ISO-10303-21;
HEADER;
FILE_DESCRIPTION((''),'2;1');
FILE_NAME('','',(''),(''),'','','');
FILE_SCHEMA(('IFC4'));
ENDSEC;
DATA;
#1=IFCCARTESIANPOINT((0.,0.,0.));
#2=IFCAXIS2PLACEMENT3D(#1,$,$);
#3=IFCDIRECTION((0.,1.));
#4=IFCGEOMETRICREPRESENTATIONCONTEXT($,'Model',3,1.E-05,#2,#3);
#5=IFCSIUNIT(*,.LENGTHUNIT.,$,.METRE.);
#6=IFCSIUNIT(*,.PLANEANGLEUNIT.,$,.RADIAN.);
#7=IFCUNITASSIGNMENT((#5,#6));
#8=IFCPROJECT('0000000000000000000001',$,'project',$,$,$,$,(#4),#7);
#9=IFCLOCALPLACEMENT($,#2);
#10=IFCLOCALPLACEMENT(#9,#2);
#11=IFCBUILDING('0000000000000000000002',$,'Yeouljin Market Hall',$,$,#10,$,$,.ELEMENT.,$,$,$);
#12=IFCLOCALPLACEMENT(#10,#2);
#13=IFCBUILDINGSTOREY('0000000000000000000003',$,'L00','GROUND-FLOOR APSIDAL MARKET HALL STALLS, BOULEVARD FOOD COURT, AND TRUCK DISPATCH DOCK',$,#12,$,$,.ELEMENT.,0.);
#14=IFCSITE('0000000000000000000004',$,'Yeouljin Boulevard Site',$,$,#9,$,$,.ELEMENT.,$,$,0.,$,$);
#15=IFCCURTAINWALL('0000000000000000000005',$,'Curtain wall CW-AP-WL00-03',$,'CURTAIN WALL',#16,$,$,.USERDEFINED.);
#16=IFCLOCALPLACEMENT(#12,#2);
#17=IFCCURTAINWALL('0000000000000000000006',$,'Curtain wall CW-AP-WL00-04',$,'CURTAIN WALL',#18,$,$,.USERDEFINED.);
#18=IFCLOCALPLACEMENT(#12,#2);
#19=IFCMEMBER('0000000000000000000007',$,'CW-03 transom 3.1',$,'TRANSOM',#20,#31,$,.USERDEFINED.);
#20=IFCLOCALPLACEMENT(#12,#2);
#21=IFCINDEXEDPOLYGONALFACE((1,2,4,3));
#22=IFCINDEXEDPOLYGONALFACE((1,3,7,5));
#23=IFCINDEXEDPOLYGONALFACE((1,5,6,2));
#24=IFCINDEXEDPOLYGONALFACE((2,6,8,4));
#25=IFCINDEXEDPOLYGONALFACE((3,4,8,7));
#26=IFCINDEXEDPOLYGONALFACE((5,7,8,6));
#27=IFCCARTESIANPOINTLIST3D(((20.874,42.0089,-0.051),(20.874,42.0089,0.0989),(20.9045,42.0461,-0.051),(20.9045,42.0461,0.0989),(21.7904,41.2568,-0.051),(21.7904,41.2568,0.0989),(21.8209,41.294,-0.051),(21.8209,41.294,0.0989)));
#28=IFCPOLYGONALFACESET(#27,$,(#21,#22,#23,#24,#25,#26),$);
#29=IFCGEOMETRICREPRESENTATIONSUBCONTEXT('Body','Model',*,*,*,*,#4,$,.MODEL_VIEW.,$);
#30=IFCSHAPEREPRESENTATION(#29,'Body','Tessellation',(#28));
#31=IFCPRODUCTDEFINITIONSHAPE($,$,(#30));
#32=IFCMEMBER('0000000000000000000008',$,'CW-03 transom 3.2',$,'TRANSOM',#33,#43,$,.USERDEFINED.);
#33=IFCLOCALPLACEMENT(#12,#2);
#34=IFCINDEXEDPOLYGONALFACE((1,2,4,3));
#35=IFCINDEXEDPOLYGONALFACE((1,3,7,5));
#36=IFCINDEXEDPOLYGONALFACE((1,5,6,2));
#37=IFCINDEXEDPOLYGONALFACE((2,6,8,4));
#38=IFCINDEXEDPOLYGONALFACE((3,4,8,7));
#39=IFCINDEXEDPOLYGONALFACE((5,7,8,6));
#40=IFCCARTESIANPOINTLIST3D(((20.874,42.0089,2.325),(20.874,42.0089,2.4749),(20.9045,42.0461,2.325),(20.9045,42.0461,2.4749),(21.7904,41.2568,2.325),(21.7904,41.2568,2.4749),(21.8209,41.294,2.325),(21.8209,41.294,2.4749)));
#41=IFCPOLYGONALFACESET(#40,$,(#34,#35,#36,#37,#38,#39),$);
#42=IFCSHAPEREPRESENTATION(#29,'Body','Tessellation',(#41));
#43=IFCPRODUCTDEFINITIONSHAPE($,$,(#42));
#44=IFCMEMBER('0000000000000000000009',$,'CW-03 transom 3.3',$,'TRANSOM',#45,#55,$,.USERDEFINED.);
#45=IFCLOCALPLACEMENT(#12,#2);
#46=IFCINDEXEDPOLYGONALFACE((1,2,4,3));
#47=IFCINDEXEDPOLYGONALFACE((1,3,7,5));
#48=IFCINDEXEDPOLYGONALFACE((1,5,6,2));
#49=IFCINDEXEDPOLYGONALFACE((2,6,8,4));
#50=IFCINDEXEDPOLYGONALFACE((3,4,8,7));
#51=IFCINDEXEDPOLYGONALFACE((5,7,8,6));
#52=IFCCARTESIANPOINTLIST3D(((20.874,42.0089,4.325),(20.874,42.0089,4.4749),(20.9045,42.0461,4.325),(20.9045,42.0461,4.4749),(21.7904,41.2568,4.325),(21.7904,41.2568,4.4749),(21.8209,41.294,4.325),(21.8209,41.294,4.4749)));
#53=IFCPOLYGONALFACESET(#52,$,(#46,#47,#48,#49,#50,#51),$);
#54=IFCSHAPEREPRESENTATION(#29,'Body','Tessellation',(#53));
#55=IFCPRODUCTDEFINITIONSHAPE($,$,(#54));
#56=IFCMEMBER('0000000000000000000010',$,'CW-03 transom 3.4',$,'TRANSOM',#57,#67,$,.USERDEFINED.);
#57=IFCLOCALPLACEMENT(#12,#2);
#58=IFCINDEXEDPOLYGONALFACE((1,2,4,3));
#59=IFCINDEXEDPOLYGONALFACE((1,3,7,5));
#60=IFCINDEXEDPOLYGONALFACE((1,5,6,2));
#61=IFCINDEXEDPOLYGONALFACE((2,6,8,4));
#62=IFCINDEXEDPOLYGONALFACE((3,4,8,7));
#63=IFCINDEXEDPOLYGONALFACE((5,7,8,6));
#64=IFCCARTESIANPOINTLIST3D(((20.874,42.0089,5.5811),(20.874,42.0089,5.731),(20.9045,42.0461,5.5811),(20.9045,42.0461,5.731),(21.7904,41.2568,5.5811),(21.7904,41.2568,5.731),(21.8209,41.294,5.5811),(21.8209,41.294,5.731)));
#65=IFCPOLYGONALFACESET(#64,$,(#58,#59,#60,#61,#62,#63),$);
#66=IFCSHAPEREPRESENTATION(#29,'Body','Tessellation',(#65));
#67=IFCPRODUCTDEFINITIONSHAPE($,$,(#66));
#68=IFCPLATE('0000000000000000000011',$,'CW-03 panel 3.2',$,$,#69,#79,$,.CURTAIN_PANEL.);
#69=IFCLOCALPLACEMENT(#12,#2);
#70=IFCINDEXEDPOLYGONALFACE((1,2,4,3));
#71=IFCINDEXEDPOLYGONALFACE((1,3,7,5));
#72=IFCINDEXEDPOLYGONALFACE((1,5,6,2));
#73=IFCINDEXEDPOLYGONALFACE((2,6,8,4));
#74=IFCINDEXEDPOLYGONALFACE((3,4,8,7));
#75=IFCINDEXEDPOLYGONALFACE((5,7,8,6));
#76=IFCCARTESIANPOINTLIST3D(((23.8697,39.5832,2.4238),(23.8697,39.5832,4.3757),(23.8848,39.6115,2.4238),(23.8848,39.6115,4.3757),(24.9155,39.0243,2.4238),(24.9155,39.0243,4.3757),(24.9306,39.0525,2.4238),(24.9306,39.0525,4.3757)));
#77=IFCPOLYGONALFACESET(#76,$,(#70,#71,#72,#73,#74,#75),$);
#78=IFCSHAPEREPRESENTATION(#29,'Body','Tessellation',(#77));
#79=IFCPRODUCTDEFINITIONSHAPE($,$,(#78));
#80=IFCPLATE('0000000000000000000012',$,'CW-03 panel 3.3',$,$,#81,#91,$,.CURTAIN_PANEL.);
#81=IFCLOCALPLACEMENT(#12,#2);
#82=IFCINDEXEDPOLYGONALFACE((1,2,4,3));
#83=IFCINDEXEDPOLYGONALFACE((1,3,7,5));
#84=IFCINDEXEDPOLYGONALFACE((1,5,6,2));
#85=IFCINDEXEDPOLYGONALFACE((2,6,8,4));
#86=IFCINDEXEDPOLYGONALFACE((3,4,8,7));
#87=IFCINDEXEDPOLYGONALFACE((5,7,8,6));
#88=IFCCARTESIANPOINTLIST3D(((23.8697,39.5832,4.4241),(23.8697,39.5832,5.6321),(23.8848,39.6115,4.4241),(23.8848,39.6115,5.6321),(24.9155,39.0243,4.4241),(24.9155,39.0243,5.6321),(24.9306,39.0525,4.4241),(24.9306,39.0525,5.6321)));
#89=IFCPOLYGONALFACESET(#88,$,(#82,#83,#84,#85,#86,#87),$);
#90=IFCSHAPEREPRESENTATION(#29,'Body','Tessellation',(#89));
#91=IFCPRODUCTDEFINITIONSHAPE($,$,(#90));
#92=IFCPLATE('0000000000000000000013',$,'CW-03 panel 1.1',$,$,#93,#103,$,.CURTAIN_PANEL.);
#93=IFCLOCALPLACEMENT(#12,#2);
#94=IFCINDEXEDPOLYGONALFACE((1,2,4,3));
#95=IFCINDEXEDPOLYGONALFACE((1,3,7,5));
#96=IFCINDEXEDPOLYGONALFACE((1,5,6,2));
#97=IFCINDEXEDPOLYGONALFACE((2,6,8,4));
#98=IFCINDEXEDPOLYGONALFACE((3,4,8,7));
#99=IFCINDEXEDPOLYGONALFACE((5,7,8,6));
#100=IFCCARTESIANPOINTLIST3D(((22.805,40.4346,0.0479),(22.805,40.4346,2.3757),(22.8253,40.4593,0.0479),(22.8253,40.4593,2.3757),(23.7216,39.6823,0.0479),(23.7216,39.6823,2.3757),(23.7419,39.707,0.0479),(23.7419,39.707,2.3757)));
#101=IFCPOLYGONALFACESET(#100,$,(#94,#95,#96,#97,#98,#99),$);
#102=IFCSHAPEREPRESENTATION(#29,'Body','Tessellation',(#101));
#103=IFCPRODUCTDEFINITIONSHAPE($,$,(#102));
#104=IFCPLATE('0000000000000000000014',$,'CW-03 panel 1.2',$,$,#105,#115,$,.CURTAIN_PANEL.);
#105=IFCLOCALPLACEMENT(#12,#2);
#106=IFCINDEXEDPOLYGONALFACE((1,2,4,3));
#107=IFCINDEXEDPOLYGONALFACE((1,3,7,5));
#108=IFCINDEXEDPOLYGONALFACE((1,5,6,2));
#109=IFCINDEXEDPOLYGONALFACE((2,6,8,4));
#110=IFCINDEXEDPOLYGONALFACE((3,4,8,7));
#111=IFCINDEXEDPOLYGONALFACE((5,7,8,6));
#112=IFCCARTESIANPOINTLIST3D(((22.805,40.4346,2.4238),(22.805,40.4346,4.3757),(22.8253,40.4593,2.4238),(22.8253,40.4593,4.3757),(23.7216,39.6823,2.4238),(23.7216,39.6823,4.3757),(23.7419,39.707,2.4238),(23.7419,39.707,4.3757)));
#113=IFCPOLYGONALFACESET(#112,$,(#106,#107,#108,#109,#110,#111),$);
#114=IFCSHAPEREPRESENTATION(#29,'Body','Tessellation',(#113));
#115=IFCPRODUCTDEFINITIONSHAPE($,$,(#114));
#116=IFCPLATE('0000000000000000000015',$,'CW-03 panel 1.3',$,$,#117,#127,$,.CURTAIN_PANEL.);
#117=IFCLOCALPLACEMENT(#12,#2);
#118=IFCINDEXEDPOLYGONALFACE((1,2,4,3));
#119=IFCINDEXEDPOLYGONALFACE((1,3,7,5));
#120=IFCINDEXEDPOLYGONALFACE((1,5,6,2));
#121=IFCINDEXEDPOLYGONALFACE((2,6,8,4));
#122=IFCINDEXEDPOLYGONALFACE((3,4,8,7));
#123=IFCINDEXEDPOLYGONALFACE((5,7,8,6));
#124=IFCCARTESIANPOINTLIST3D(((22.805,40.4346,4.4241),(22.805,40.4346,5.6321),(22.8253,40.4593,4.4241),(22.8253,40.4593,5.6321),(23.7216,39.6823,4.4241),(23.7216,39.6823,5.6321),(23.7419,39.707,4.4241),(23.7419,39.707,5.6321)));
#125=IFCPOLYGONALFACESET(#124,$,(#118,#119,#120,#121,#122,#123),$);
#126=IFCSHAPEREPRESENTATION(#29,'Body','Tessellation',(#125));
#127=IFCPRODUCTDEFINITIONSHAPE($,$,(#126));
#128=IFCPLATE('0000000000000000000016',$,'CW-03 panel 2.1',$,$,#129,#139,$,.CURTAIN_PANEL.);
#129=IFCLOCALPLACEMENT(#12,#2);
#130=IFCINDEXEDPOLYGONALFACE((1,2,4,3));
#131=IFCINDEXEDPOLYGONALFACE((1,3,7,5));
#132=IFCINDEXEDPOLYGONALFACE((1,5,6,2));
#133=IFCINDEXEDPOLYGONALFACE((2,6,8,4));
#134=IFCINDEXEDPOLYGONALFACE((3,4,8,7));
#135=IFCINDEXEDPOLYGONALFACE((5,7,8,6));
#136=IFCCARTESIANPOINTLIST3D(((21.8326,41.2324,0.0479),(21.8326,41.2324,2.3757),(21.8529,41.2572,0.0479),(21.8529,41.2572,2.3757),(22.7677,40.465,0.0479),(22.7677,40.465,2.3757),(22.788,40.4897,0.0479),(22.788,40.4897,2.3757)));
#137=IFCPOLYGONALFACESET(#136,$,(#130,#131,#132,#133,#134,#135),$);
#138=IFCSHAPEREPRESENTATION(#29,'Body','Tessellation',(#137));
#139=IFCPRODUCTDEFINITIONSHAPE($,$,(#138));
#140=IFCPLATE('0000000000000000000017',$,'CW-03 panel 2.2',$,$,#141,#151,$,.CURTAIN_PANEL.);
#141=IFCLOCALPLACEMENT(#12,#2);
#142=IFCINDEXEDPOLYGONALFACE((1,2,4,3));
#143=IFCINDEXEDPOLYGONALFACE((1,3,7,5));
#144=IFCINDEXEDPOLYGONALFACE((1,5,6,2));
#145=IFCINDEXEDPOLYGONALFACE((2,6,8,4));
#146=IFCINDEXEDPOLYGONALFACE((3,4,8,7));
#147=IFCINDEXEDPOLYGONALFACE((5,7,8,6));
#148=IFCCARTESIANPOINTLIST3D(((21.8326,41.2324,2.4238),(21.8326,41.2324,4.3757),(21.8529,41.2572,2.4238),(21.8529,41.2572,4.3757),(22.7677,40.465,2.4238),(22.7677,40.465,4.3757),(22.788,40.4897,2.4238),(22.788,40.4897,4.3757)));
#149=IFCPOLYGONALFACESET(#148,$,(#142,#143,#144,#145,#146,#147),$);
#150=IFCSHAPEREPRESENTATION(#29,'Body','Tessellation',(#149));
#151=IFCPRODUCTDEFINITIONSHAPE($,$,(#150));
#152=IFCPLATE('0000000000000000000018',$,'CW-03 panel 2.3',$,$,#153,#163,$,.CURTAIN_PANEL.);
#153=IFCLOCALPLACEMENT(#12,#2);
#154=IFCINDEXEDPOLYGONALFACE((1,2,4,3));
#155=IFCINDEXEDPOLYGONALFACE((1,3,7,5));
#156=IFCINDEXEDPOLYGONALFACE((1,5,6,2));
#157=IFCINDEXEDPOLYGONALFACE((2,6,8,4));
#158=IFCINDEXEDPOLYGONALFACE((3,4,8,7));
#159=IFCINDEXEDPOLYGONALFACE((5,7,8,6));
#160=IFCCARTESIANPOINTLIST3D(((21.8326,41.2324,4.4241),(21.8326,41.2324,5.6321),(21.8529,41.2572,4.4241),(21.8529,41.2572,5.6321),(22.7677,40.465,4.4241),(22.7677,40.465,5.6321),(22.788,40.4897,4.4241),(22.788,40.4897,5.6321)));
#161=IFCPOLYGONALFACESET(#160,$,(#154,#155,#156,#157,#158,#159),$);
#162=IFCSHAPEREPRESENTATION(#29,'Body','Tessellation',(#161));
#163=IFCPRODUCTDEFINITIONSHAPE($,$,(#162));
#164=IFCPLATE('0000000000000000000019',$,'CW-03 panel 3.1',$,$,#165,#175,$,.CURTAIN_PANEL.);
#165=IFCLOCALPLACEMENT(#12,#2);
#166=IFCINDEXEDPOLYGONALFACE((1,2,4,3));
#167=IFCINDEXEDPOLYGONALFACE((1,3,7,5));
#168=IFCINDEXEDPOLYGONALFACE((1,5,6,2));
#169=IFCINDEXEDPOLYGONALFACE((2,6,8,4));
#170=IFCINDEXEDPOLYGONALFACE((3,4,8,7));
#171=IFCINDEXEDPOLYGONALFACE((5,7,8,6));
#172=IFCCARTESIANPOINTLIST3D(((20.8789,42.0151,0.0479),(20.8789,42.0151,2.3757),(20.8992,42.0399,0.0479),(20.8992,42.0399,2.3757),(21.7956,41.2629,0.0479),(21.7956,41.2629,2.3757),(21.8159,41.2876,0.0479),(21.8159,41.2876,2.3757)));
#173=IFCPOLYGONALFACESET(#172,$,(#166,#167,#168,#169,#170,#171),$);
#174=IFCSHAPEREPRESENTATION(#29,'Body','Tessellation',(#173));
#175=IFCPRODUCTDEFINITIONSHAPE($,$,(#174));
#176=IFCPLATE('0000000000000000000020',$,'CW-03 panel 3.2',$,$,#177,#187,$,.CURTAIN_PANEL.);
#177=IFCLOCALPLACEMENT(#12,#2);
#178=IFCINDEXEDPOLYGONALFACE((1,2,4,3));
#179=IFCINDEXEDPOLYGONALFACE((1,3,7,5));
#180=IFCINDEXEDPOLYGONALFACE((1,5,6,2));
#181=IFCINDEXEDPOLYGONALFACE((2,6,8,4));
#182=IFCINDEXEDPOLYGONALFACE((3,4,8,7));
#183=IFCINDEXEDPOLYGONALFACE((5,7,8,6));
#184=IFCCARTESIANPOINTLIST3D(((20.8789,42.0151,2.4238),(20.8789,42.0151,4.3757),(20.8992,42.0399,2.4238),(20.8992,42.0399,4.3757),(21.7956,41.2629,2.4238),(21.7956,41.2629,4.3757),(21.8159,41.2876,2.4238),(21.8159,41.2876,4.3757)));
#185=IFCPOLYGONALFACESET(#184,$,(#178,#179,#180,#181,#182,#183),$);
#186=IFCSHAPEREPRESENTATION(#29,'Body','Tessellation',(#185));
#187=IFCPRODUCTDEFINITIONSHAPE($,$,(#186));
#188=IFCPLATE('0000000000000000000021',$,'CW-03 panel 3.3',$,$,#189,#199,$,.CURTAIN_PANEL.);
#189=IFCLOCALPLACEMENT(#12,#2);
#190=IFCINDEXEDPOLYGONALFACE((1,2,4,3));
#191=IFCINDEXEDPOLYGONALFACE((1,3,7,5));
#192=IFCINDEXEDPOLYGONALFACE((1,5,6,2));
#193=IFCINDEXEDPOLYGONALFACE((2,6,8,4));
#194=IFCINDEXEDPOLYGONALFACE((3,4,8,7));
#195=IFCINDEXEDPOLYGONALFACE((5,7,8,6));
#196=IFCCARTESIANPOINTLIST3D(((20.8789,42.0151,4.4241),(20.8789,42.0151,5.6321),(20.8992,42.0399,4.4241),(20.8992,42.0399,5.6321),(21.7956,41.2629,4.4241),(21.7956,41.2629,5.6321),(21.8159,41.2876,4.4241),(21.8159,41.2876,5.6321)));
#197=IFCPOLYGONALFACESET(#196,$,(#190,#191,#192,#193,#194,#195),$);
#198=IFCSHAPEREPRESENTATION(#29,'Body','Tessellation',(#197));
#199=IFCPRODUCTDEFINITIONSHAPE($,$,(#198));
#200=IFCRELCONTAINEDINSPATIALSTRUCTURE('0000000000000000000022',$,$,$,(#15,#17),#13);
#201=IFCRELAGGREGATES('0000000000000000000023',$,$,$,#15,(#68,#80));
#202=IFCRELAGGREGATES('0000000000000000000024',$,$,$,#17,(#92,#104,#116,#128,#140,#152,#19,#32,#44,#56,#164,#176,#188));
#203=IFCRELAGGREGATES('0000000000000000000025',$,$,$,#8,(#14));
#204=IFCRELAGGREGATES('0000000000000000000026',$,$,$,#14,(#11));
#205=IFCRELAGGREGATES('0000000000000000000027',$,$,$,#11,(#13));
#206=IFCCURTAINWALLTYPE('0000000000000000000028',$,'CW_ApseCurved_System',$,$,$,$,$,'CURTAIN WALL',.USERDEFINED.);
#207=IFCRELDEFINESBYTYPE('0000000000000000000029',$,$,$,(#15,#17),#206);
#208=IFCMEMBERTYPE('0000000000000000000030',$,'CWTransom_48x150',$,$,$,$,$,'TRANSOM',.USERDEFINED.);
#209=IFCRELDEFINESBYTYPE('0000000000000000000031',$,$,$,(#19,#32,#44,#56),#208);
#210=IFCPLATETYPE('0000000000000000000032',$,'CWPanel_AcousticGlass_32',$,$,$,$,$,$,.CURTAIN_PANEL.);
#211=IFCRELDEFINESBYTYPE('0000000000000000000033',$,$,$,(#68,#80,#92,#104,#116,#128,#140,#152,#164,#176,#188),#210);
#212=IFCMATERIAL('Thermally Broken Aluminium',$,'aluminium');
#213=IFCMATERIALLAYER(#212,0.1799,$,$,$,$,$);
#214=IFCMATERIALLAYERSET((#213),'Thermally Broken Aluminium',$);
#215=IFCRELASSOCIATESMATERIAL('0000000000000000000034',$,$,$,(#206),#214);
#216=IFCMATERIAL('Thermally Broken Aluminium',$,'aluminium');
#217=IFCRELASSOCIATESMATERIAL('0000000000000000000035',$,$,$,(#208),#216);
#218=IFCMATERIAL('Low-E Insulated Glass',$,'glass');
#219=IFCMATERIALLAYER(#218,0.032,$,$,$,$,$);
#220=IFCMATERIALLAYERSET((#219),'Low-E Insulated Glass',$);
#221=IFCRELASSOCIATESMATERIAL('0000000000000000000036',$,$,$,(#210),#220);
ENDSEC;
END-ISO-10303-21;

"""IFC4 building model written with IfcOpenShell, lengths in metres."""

from ifc_helpers import new_model, si_unit, direction, frame, origin, origin_2d, place, context, subcontext, project, spatial, rectangle, extrude, material, layer, layer_set, material_profile, profile_set, type_object, element, aggregate, save


model = new_model("IFC4")

# Units and contexts
model_context = context("Model", 3, precision=1e-05, world=origin(), true_north=direction((0.0, 1.0)))
body_context = subcontext(model_context, "Body", "Model", "MODEL_VIEW")
ifc_project = project(units=[si_unit("LENGTHUNIT", "METRE"), si_unit("PLANEANGLEUNIT", "RADIAN")], contexts=[model_context])

# Site, building, storey
site_placement = place(None, origin())
site = spatial("IfcSite", under=ifc_project, at=site_placement, Name="Yeouljin Boulevard Site", CompositionType="ELEMENT", RefElevation=0.0)
building_placement = place(site_placement, origin())
building = spatial("IfcBuilding", under=site, at=building_placement, Name="Yeouljin Market Hall", CompositionType="ELEMENT")
storey_placement = place(building_placement, origin())
storey = spatial("IfcBuildingStorey", under=building, at=storey_placement, Name="L00", Description="GROUND-FLOOR APSIDAL MARKET HALL STALLS, BOULEVARD FOOD COURT, AND TRUCK DISPATCH DOCK", CompositionType="ELEMENT", Elevation=0.0)

# Curtain wall
ifc_material_1 = material(Name="Thermally Broken Aluminium", Category="aluminium")
ifc_layer_1 = layer(ifc_material_1, 0.1799)
ifc_layer_set_1 = layer_set([ifc_layer_1], Name="Thermally Broken Aluminium")
curtain_wall_type = type_object("IfcCurtainWallType", Name="CW_ApseCurved_System", ElementType="CURTAIN WALL", PredefinedType="USERDEFINED", material=ifc_layer_set_1)
curtain_wall_1_placement = place(storey_placement, origin())
curtain_wall_1 = element("IfcCurtainWall", 1, at=curtain_wall_1_placement, inside=storey, type_object=curtain_wall_type, Name="Curtain wall CW-AP-WL00-03", ObjectType="CURTAIN WALL", PredefinedType="USERDEFINED")

# Curtain wall
curtain_wall_2_placement = place(storey_placement, origin())
curtain_wall_2 = element("IfcCurtainWall", 2, at=curtain_wall_2_placement, inside=storey, type_object=curtain_wall_type, Name="Curtain wall CW-AP-WL00-04", ObjectType="CURTAIN WALL", PredefinedType="USERDEFINED")

# Members
ifc_material_2 = material(Name="Thermally Broken Aluminium", Category="aluminium")
ifc_material_profile_1 = material_profile(ifc_material_2, rectangle(XDim=0.0481, YDim=0.1499, at=origin_2d()), Name="CW-TRAN-48x150")
ifc_profile_set_1 = profile_set([ifc_material_profile_1], Name="Thermally Broken Aluminium")
member_type_1 = type_object("IfcMemberType", Name="CWTransom_48x150", ElementType="TRANSOM", PredefinedType="USERDEFINED", material=ifc_profile_set_1)
member_1_placement = place(storey_placement, frame((21.8057, 41.2754, 0.0239), z_axis=(-0.772993, 0.634414, 0.0), x_axis=(-0.634414, -0.772993, 0.0)))
member_1 = element("IfcMember", 3, at=member_1_placement, type_object=member_type_1, Name="CW-03 transom 3.1", ObjectType="TRANSOM", PredefinedType="USERDEFINED", context=body_context, shape_type="SweptSolid", body=[
    extrude(rectangle(XDim=0.0481, YDim=0.1499, at=origin_2d()), origin(), (0.0, 0.0, 1.0), 1.1855),
])
member_2_placement = place(storey_placement, frame((21.8057, 41.2754, 2.3999), z_axis=(-0.772993, 0.634414, 0.0), x_axis=(-0.634414, -0.772993, 0.0)))
member_2 = element("IfcMember", 4, at=member_2_placement, type_object=member_type_1, Name="CW-03 transom 3.2", ObjectType="TRANSOM", PredefinedType="USERDEFINED", context=body_context, shape_type="SweptSolid", body=[
    extrude(rectangle(XDim=0.0481, YDim=0.1499, at=origin_2d()), origin(), (0.0, 0.0, 1.0), 1.1855),
])
member_3_placement = place(storey_placement, frame((21.8057, 41.2754, 4.3999), z_axis=(-0.772993, 0.634414, 0.0), x_axis=(-0.634414, -0.772993, 0.0)))
member_3 = element("IfcMember", 5, at=member_3_placement, type_object=member_type_1, Name="CW-03 transom 3.3", ObjectType="TRANSOM", PredefinedType="USERDEFINED", context=body_context, shape_type="SweptSolid", body=[
    extrude(rectangle(XDim=0.0481, YDim=0.1499, at=origin_2d()), origin(), (0.0, 0.0, 1.0), 1.1855),
])
member_4_placement = place(storey_placement, frame((21.8057, 41.2754, 5.656), z_axis=(-0.772993, 0.634414, 0.0), x_axis=(-0.634414, -0.772993, 0.0)))
member_4 = element("IfcMember", 6, at=member_4_placement, type_object=member_type_1, Name="CW-03 transom 3.4", ObjectType="TRANSOM", PredefinedType="USERDEFINED", context=body_context, shape_type="SweptSolid", body=[
    extrude(rectangle(XDim=0.0481, YDim=0.1499, at=origin_2d()), origin(), (0.0, 0.0, 1.0), 1.1855),
])

# Plates
ifc_material_3 = material(Name="Low-E Insulated Glass", Category="glass")
ifc_layer_2 = layer(ifc_material_3, 0.032)
ifc_layer_set_2 = layer_set([ifc_layer_2], Name="Low-E Insulated Glass")
plate_type = type_object("IfcPlateType", Name="CWPanel_AcousticGlass_32", PredefinedType="CURTAIN_PANEL", material=ifc_layer_set_2)
plate_1_placement = place(storey_placement, frame((24.4001, 39.3179, 2.4238), z_axis=(0.0, 0.0, 1.0), x_axis=(-0.881931, 0.471378, 0.0)))
plate_1 = element("IfcPlate", 7, at=plate_1_placement, type_object=plate_type, Name="CW-03 panel 3.2", PredefinedType="CURTAIN_PANEL", context=body_context, shape_type="SweptSolid", body=[
    extrude(rectangle(XDim=1.1858, YDim=0.032, at=origin_2d()), origin(), (0.0, 0.0, 1.0), 1.9519),
])
plate_2_placement = place(storey_placement, frame((24.4001, 39.3179, 4.4241), z_axis=(0.0, 0.0, 1.0), x_axis=(-0.881931, 0.471378, 0.0)))
plate_2 = element("IfcPlate", 8, at=plate_2_placement, type_object=plate_type, Name="CW-03 panel 3.3", PredefinedType="CURTAIN_PANEL", context=body_context, shape_type="SweptSolid", body=[
    extrude(rectangle(XDim=1.1858, YDim=0.032, at=origin_2d()), origin(), (0.0, 0.0, 1.0), 1.208),
])
aggregate(curtain_wall_1, [plate_1, plate_2])
plate_3_placement = place(storey_placement, frame((23.2734, 40.0708, 0.0479), z_axis=(0.0, 0.0, 1.0), x_axis=(-0.773018, 0.634384, 0.0)))
plate_3 = element("IfcPlate", 9, at=plate_3_placement, type_object=plate_type, Name="CW-03 panel 1.1", PredefinedType="CURTAIN_PANEL", context=body_context, shape_type="SweptSolid", body=[
    extrude(rectangle(XDim=1.1858, YDim=0.032, at=origin_2d()), origin(), (0.0, 0.0, 1.0), 2.3279),
])
plate_4_placement = place(storey_placement, frame((23.2734, 40.0708, 2.4238), z_axis=(0.0, 0.0, 1.0), x_axis=(-0.773018, 0.634384, 0.0)))
plate_4 = element("IfcPlate", 10, at=plate_4_placement, type_object=plate_type, Name="CW-03 panel 1.2", PredefinedType="CURTAIN_PANEL", context=body_context, shape_type="SweptSolid", body=[
    extrude(rectangle(XDim=1.1858, YDim=0.032, at=origin_2d()), origin(), (0.0, 0.0, 1.0), 1.9519),
])
plate_5_placement = place(storey_placement, frame((23.2734, 40.0708, 4.4241), z_axis=(0.0, 0.0, 1.0), x_axis=(-0.773018, 0.634384, 0.0)))
plate_5 = element("IfcPlate", 11, at=plate_5_placement, type_object=plate_type, Name="CW-03 panel 1.3", PredefinedType="CURTAIN_PANEL", context=body_context, shape_type="SweptSolid", body=[
    extrude(rectangle(XDim=1.1858, YDim=0.032, at=origin_2d()), origin(), (0.0, 0.0, 1.0), 1.208),
])
plate_6_placement = place(storey_placement, frame((22.3103, 40.8611, 0.0479), z_axis=(0.0, 0.0, 1.0), x_axis=(-0.773018, 0.634384, 0.0)))
plate_6 = element("IfcPlate", 12, at=plate_6_placement, type_object=plate_type, Name="CW-03 panel 2.1", PredefinedType="CURTAIN_PANEL", context=body_context, shape_type="SweptSolid", body=[
    extrude(rectangle(XDim=1.2097, YDim=0.032, at=origin_2d()), origin(), (0.0, 0.0, 1.0), 2.3279),
])
plate_7_placement = place(storey_placement, frame((22.3103, 40.8611, 2.4238), z_axis=(0.0, 0.0, 1.0), x_axis=(-0.773018, 0.634384, 0.0)))
plate_7 = element("IfcPlate", 13, at=plate_7_placement, type_object=plate_type, Name="CW-03 panel 2.2", PredefinedType="CURTAIN_PANEL", context=body_context, shape_type="SweptSolid", body=[
    extrude(rectangle(XDim=1.2097, YDim=0.032, at=origin_2d()), origin(), (0.0, 0.0, 1.0), 1.9519),
])
plate_8_placement = place(storey_placement, frame((22.3103, 40.8611, 4.4241), z_axis=(0.0, 0.0, 1.0), x_axis=(-0.773018, 0.634384, 0.0)))
plate_8 = element("IfcPlate", 14, at=plate_8_placement, type_object=plate_type, Name="CW-03 panel 2.3", PredefinedType="CURTAIN_PANEL", context=body_context, shape_type="SweptSolid", body=[
    extrude(rectangle(XDim=1.2097, YDim=0.032, at=origin_2d()), origin(), (0.0, 0.0, 1.0), 1.208),
])
plate_9_placement = place(storey_placement, frame((21.3474, 41.6514, 0.0479), z_axis=(0.0, 0.0, 1.0), x_axis=(-0.773018, 0.634384, 0.0)))
plate_9 = element("IfcPlate", 15, at=plate_9_placement, type_object=plate_type, Name="CW-03 panel 3.1", PredefinedType="CURTAIN_PANEL", context=body_context, shape_type="SweptSolid", body=[
    extrude(rectangle(XDim=1.1858, YDim=0.032, at=origin_2d()), origin(), (0.0, 0.0, 1.0), 2.3279),
])
plate_10_placement = place(storey_placement, frame((21.3474, 41.6514, 2.4238), z_axis=(0.0, 0.0, 1.0), x_axis=(-0.773018, 0.634384, 0.0)))
plate_10 = element("IfcPlate", 16, at=plate_10_placement, type_object=plate_type, Name="CW-03 panel 3.2", PredefinedType="CURTAIN_PANEL", context=body_context, shape_type="SweptSolid", body=[
    extrude(rectangle(XDim=1.1858, YDim=0.032, at=origin_2d()), origin(), (0.0, 0.0, 1.0), 1.9519),
])
plate_11_placement = place(storey_placement, frame((21.3474, 41.6514, 4.4241), z_axis=(0.0, 0.0, 1.0), x_axis=(-0.773018, 0.634384, 0.0)))
plate_11 = element("IfcPlate", 17, at=plate_11_placement, type_object=plate_type, Name="CW-03 panel 3.3", PredefinedType="CURTAIN_PANEL", context=body_context, shape_type="SweptSolid", body=[
    extrude(rectangle(XDim=1.1858, YDim=0.032, at=origin_2d()), origin(), (0.0, 0.0, 1.0), 1.208),
])
aggregate(curtain_wall_2, [plate_3, plate_4, plate_5, plate_6, plate_7, plate_8, member_1, member_2, member_3, member_4, plate_9, plate_10, plate_11])

save(model, "model.ifc")
